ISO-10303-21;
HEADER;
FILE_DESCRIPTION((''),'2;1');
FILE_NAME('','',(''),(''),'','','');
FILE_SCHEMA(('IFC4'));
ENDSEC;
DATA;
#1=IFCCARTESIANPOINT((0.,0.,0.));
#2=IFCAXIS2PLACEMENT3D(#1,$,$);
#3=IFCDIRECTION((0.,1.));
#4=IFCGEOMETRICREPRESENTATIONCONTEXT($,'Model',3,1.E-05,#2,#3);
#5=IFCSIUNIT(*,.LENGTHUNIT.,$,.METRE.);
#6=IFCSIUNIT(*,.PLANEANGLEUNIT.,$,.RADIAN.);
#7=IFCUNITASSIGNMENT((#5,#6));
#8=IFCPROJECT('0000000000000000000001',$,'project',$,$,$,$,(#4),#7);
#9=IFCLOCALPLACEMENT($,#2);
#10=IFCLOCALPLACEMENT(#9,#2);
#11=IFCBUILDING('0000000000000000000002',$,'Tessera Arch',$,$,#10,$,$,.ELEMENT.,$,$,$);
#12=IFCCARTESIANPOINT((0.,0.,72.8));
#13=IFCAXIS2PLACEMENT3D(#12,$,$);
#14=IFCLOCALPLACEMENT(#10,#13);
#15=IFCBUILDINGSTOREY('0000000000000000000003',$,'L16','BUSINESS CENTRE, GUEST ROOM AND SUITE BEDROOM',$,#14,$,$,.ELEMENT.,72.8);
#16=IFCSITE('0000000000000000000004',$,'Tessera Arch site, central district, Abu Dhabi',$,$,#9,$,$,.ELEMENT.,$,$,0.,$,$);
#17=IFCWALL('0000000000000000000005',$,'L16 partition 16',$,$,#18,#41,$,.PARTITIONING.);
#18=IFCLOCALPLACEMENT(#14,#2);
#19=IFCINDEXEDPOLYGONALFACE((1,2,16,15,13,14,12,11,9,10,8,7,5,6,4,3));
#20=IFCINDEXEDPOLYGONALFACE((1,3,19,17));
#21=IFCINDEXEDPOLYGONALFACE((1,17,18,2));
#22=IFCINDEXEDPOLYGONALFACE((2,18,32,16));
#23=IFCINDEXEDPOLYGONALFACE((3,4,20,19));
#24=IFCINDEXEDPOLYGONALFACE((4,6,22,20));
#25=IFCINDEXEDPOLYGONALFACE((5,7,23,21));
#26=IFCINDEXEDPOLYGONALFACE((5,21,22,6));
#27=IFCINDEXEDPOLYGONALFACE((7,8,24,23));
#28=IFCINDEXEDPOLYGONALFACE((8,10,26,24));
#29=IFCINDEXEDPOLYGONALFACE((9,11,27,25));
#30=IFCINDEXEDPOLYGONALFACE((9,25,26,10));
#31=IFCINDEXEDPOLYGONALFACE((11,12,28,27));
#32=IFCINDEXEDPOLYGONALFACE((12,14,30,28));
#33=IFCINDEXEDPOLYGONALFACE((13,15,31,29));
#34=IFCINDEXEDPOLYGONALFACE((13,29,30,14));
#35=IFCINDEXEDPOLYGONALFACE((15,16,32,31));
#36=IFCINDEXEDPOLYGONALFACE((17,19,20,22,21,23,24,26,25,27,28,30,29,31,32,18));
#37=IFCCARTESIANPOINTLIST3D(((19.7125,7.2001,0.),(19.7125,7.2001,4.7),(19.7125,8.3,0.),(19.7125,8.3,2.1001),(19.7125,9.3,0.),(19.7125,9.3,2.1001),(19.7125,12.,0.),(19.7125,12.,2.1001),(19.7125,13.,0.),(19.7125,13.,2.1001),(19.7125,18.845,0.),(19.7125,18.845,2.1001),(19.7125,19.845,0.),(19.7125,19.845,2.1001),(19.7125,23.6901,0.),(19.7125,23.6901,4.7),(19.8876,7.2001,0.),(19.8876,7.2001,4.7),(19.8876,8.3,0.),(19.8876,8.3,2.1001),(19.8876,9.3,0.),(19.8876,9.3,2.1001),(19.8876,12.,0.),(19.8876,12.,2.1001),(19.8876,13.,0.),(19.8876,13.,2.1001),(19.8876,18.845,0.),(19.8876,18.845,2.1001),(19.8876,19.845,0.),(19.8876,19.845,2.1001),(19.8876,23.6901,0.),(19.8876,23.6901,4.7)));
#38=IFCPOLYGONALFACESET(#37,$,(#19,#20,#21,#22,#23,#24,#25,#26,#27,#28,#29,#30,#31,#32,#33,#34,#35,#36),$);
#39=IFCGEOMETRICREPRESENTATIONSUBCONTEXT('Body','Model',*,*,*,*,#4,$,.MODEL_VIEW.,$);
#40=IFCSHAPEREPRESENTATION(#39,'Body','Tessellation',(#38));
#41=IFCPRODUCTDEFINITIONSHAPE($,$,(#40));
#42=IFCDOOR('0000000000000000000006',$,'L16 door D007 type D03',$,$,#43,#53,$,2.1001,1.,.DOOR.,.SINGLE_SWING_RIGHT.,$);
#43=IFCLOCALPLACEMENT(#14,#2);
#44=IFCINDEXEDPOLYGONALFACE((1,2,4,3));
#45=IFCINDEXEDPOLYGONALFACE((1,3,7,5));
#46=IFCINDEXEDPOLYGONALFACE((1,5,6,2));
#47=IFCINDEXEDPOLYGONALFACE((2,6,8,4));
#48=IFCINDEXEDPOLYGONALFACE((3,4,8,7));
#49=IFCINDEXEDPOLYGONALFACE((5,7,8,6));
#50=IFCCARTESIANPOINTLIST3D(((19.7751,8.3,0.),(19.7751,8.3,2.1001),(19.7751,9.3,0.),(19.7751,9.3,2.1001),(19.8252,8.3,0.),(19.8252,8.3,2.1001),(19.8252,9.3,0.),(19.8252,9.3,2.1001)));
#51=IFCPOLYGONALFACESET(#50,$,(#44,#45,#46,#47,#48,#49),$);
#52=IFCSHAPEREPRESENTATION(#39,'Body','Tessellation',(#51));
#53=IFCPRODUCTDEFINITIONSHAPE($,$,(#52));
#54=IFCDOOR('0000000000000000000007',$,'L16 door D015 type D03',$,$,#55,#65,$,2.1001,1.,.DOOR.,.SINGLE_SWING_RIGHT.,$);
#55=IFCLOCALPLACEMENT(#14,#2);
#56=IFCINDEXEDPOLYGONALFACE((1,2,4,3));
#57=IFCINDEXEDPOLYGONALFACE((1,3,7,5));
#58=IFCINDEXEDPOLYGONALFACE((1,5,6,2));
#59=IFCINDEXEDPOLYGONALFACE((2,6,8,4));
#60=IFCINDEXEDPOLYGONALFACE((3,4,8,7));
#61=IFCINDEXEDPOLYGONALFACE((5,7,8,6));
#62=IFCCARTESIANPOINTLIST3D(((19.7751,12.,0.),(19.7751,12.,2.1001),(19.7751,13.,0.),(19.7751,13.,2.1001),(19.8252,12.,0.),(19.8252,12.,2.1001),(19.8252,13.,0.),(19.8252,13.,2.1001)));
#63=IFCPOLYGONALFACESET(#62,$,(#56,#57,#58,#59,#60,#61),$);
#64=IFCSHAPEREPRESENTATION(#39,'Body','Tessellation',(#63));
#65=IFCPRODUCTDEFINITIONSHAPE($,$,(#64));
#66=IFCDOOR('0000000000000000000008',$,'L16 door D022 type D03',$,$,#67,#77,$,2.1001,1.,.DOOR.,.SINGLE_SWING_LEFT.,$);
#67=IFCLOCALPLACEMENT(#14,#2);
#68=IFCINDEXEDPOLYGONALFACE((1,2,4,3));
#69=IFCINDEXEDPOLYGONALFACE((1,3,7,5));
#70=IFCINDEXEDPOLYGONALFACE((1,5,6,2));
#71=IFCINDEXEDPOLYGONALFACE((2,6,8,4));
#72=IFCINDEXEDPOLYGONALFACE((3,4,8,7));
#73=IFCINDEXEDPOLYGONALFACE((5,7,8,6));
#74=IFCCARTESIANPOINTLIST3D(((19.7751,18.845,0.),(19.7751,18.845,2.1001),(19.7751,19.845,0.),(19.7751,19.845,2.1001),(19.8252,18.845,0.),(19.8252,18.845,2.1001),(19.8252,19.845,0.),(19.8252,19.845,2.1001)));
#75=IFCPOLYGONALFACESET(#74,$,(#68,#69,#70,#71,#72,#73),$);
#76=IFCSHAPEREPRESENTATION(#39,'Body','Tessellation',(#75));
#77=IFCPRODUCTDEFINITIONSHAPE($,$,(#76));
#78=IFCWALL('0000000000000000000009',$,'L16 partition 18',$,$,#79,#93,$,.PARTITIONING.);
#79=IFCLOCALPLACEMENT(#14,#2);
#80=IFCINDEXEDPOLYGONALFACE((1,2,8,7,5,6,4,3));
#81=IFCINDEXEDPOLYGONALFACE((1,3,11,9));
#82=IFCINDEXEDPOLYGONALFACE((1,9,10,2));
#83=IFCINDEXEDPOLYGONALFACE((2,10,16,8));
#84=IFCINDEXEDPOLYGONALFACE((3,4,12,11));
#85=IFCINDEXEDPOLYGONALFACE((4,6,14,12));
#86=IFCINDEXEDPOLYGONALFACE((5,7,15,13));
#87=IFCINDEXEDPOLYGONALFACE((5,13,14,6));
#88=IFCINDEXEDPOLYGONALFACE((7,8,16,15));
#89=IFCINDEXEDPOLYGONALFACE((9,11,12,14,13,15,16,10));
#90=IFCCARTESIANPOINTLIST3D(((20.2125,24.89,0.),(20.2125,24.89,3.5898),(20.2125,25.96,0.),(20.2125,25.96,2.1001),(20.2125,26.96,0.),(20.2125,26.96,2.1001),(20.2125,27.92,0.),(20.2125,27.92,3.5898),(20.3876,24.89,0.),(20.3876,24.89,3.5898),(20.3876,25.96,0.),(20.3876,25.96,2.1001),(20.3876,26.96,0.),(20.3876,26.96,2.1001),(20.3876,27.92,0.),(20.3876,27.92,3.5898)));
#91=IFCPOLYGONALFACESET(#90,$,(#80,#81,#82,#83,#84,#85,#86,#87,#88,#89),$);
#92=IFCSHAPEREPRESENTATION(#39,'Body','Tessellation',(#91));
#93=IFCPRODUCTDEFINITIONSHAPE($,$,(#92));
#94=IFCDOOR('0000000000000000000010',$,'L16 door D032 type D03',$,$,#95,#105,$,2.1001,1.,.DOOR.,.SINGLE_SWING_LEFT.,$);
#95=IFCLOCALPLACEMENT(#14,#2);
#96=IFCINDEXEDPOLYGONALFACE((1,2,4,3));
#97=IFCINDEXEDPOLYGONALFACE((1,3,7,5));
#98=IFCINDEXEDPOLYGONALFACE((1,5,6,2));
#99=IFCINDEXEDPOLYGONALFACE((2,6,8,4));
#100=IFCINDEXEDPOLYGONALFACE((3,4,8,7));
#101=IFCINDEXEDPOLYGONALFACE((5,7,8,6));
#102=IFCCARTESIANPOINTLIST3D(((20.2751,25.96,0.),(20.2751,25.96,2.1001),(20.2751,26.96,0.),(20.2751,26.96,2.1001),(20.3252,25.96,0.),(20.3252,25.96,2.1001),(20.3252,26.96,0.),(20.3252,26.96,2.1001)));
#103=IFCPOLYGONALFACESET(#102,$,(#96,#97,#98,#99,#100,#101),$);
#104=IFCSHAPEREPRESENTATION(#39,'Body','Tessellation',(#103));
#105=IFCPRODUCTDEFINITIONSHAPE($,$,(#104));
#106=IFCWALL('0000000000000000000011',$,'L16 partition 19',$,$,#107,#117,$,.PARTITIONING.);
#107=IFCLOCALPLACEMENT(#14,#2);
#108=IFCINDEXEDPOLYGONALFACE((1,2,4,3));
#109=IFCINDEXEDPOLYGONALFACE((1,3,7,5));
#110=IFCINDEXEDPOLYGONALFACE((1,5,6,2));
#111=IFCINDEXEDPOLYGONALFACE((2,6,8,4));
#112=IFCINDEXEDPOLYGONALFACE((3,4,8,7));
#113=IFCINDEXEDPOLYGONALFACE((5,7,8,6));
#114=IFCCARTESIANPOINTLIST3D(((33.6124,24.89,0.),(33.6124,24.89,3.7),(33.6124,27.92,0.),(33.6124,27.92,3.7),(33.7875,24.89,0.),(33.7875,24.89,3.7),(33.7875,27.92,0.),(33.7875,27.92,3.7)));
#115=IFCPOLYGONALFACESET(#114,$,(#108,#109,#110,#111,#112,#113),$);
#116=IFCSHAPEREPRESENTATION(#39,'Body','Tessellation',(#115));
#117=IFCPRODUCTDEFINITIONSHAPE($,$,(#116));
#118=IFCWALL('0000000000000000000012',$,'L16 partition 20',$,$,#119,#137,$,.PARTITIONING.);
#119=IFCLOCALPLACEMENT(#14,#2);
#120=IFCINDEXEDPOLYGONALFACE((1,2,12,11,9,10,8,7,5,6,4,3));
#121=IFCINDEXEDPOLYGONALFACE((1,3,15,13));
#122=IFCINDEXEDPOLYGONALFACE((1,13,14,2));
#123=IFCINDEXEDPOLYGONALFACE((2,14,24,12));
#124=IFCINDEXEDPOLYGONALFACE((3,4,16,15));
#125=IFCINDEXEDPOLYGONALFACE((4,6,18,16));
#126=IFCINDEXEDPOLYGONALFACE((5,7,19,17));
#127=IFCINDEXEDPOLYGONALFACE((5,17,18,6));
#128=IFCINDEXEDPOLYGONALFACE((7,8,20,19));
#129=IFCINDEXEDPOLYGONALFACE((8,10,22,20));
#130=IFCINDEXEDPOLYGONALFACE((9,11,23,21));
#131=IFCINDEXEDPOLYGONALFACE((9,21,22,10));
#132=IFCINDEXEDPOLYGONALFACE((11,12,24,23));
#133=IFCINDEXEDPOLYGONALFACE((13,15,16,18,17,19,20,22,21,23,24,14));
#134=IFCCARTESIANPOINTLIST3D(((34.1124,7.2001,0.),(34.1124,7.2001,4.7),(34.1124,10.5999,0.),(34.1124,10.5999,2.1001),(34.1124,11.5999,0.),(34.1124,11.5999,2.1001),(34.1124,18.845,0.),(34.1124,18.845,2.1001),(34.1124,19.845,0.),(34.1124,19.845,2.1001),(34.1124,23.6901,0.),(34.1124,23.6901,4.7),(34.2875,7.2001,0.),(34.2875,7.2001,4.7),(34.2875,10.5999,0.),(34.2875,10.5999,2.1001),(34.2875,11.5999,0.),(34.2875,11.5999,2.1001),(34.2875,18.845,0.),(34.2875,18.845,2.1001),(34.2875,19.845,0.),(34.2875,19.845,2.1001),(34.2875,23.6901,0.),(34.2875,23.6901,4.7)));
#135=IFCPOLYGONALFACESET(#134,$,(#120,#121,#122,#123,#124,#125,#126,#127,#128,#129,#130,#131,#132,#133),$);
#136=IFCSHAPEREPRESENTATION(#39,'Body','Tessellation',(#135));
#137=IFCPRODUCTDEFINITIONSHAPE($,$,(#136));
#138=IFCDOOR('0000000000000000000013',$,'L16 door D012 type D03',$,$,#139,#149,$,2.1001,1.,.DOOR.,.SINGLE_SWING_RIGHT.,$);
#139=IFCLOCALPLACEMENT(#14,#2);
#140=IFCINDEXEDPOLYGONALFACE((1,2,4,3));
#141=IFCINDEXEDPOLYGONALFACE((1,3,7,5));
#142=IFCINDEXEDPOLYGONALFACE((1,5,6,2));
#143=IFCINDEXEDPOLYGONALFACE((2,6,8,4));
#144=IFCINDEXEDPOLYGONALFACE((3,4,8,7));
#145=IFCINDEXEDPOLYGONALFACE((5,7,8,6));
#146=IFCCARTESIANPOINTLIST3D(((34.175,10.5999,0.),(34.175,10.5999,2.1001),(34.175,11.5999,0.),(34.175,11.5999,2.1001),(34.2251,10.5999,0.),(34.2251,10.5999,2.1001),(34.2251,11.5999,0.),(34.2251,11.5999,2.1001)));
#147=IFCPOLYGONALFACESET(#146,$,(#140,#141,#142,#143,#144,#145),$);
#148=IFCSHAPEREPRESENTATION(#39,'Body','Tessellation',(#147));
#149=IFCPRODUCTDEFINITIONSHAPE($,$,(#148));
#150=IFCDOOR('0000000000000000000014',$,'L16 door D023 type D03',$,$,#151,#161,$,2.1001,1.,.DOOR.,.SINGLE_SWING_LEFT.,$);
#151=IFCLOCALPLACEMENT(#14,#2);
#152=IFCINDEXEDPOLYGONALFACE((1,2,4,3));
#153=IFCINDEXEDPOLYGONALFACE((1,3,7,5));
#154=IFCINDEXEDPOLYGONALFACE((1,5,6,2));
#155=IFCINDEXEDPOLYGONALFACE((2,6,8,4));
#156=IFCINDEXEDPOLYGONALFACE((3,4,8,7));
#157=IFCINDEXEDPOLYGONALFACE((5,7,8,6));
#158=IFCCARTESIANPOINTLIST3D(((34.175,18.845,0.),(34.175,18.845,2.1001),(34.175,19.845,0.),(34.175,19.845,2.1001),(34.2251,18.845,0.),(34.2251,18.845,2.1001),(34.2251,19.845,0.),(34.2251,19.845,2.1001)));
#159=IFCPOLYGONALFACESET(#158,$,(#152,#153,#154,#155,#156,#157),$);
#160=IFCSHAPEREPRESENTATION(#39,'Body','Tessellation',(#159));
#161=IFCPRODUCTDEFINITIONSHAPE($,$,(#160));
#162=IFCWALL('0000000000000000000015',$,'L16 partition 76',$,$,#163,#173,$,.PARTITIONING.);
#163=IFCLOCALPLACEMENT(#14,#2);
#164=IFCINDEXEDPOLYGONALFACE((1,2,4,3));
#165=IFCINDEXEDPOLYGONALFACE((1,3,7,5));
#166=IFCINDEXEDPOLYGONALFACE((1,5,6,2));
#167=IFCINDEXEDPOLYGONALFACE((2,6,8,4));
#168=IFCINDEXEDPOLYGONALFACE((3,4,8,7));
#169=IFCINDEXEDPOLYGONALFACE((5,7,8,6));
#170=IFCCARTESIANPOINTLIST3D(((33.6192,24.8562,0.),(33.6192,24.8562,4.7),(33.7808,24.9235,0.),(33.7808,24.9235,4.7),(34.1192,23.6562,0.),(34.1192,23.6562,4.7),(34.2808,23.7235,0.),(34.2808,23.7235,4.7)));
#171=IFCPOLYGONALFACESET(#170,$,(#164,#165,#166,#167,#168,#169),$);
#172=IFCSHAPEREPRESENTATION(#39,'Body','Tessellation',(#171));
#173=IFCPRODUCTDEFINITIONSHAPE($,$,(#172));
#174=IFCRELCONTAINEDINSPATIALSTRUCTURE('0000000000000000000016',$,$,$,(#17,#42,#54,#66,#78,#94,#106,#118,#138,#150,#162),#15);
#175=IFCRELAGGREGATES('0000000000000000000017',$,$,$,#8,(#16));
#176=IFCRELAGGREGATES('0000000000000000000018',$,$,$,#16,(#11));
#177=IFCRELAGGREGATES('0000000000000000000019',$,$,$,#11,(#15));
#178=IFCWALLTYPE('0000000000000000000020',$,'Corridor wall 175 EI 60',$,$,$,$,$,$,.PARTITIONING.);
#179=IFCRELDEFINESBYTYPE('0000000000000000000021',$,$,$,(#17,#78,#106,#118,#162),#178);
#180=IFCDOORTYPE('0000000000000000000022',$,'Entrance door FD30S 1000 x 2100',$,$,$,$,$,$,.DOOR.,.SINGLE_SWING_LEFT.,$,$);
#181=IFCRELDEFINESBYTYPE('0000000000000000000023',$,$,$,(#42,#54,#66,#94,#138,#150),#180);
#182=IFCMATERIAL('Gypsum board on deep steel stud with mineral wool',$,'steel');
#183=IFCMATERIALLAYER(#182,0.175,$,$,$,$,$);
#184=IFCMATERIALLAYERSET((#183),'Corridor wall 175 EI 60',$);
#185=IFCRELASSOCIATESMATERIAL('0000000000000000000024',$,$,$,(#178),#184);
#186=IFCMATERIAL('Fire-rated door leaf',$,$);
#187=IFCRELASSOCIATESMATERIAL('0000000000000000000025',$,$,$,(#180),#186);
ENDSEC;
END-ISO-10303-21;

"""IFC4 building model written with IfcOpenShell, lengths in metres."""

from ifc_helpers import new_model, si_unit, direction, frame, frame_2d, origin, place, context, subcontext, project, spatial, rectangle, extrude, material, layer, layer_set, type_object, element, fill, save


model = new_model("IFC4")

# Units and contexts
model_context = context("Model", 3, precision=1e-05, world=origin(), true_north=direction((0.0, 1.0)))
body_context = subcontext(model_context, "Body", "Model", "MODEL_VIEW")
ifc_project = project(units=[si_unit("LENGTHUNIT", "METRE"), si_unit("PLANEANGLEUNIT", "RADIAN")], contexts=[model_context])

# Site, building, storey
site_placement = place(None, origin())
site = spatial("IfcSite", under=ifc_project, at=site_placement, Name="Tessera Arch site, central district, Abu Dhabi", CompositionType="ELEMENT", RefElevation=0.0)
building_placement = place(site_placement, origin())
building = spatial("IfcBuilding", under=site, at=building_placement, Name="Tessera Arch", CompositionType="ELEMENT")
storey_placement = place(building_placement, frame((0.0, 0.0, 72.8)))
storey = spatial("IfcBuildingStorey", under=building, at=storey_placement, Name="L16", Description="BUSINESS CENTRE, GUEST ROOM AND SUITE BEDROOM", CompositionType="ELEMENT", Elevation=72.8)

# Shared definitions
ifc_material_1 = material(Name="Gypsum board on deep steel stud with mineral wool", Category="steel")
ifc_layer_1 = layer(ifc_material_1, 0.175)
ifc_layer_set_1 = layer_set([ifc_layer_1], Name="Corridor wall 175 EI 60")
wall_type_1 = type_object("IfcWallType", Name="Corridor wall 175 EI 60", PredefinedType="PARTITIONING", material=ifc_layer_set_1)
ifc_material_2 = material(Name="Fire-rated door leaf")
door_type_1 = type_object("IfcDoorType", Name="Entrance door FD30S 1000 x 2100", OperationType="SINGLE_SWING_LEFT", PredefinedType="DOOR", material=ifc_material_2)

# Wall, openings, doors
wall_1_placement = place(storey_placement, frame((19.8, 7.2, 0.0), z_axis=(0.0, 0.0, 1.0), x_axis=(0.0, 1.0, 0.0)))
wall_1 = element("IfcWall", 1, at=wall_1_placement, inside=storey, type_object=wall_type_1, Name="L16 partition 16", PredefinedType="PARTITIONING", context=body_context, shape_type="SweptSolid", body=[
    extrude(rectangle(XDim=16.49, YDim=0.175, at=frame_2d((8.2451, 0.0))), origin(), (0.0, 0.0, 1.0), 4.7),
])
opening_1_placement = place(wall_1_placement, frame((1.1001, 0.0, 0.0)))
opening_1 = element("IfcOpeningElement", 2, at=opening_1_placement, cuts=wall_1, PredefinedType="OPENING", context=body_context, shape_type="SweptSolid", body=[
    extrude(rectangle(XDim=1.0, YDim=2.1001, at=frame_2d((0.5, 1.05))), frame((0.0, 0.0974, 0.0), z_axis=(0.0, -1.0, 0.0), x_axis=(1.0, 0.0, 0.0)), (0.0, 0.0, 1.0), 0.1951),
])
opening_2_placement = place(wall_1_placement, frame((4.8, 0.0, 0.0)))
opening_2 = element("IfcOpeningElement", 3, at=opening_2_placement, cuts=wall_1, PredefinedType="OPENING", context=body_context, shape_type="SweptSolid", body=[
    extrude(rectangle(XDim=1.0, YDim=2.1001, at=frame_2d((0.5, 1.05))), frame((0.0, 0.0974, 0.0), z_axis=(0.0, -1.0, 0.0), x_axis=(1.0, 0.0, 0.0)), (0.0, 0.0, 1.0), 0.1951),
])
opening_3_placement = place(wall_1_placement, frame((11.645, 0.0, 0.0)))
opening_3 = element("IfcOpeningElement", 4, at=opening_3_placement, cuts=wall_1, PredefinedType="OPENING", context=body_context, shape_type="SweptSolid", body=[
    extrude(rectangle(XDim=1.0, YDim=2.1001, at=frame_2d((0.5, 1.05))), frame((0.0, 0.0974, 0.0), z_axis=(0.0, -1.0, 0.0), x_axis=(1.0, 0.0, 0.0)), (0.0, 0.0, 1.0), 0.1951),
])
door_1_placement = place(opening_1_placement, origin())
door_1 = element("IfcDoor", 5, at=door_1_placement, inside=storey, type_object=door_type_1, Name="L16 door D007 type D03", OperationType="SINGLE_SWING_RIGHT", OverallHeight=2.1001, OverallWidth=1.0, PredefinedType="DOOR", context=body_context, shape_type="SweptSolid", body=[
    extrude(rectangle(XDim=1.0, YDim=2.1001, at=frame_2d((0.5, 1.05))), frame((0.0, 0.0249, 0.0), z_axis=(0.0, -1.0, 0.0), x_axis=(1.0, 0.0, 0.0)), (0.0, 0.0, 1.0), 0.05),
])
fill(opening_1, door_1)
door_2_placement = place(opening_2_placement, origin())
door_2 = element("IfcDoor", 6, at=door_2_placement, inside=storey, type_object=door_type_1, Name="L16 door D015 type D03", OperationType="SINGLE_SWING_RIGHT", OverallHeight=2.1001, OverallWidth=1.0, PredefinedType="DOOR", context=body_context, shape_type="SweptSolid", body=[
    extrude(rectangle(XDim=1.0, YDim=2.1001, at=frame_2d((0.5, 1.05))), frame((0.0, 0.0249, 0.0), z_axis=(0.0, -1.0, 0.0), x_axis=(1.0, 0.0, 0.0)), (0.0, 0.0, 1.0), 0.05),
])
fill(opening_2, door_2)
door_3_placement = place(opening_3_placement, origin())
door_3 = element("IfcDoor", 7, at=door_3_placement, inside=storey, type_object=door_type_1, Name="L16 door D022 type D03", OperationType="SINGLE_SWING_LEFT", OverallHeight=2.1001, OverallWidth=1.0, PredefinedType="DOOR", context=body_context, shape_type="SweptSolid", body=[
    extrude(rectangle(XDim=1.0, YDim=2.1001, at=frame_2d((0.5, 1.05))), frame((0.0, 0.0249, 0.0), z_axis=(0.0, -1.0, 0.0), x_axis=(1.0, 0.0, 0.0)), (0.0, 0.0, 1.0), 0.05),
])
fill(opening_3, door_3)

# Wall, opening, door
wall_2_placement = place(storey_placement, frame((20.3, 24.8899, 0.0), z_axis=(0.0, 0.0, 1.0), x_axis=(0.0, 1.0, 0.0)))
wall_2 = element("IfcWall", 8, at=wall_2_placement, inside=storey, type_object=wall_type_1, Name="L16 partition 18", PredefinedType="PARTITIONING", context=body_context, shape_type="SweptSolid", body=[
    extrude(rectangle(XDim=3.03, YDim=0.175, at=frame_2d((1.5151, 0.0))), origin(), (0.0, 0.0, 1.0), 3.5898),
])
opening_4_placement = place(wall_2_placement, frame((1.0701, 0.0, 0.0)))
opening_4 = element("IfcOpeningElement", 9, at=opening_4_placement, cuts=wall_2, PredefinedType="OPENING", context=body_context, shape_type="SweptSolid", body=[
    extrude(rectangle(XDim=1.0, YDim=2.1001, at=frame_2d((0.5, 1.05))), frame((0.0, 0.0974, 0.0), z_axis=(0.0, -1.0, 0.0), x_axis=(1.0, 0.0, 0.0)), (0.0, 0.0, 1.0), 0.1951),
])
door_4_placement = place(opening_4_placement, origin())
door_4 = element("IfcDoor", 10, at=door_4_placement, inside=storey, type_object=door_type_1, Name="L16 door D032 type D03", OperationType="SINGLE_SWING_LEFT", OverallHeight=2.1001, OverallWidth=1.0, PredefinedType="DOOR", context=body_context, shape_type="SweptSolid", body=[
    extrude(rectangle(XDim=1.0, YDim=2.1001, at=frame_2d((0.5, 1.05))), frame((0.0, 0.0249, 0.0), z_axis=(0.0, -1.0, 0.0), x_axis=(1.0, 0.0, 0.0)), (0.0, 0.0, 1.0), 0.05),
])
fill(opening_4, door_4)

# Wall
wall_3_placement = place(storey_placement, frame((33.7, 24.8899, 0.0), z_axis=(0.0, 0.0, 1.0), x_axis=(0.0, 1.0, 0.0)))
element("IfcWall", 11, at=wall_3_placement, inside=storey, type_object=wall_type_1, Name="L16 partition 19", PredefinedType="PARTITIONING", context=body_context, shape_type="SweptSolid", body=[
    extrude(rectangle(XDim=3.03, YDim=0.175, at=frame_2d((1.5151, 0.0))), origin(), (0.0, 0.0, 1.0), 3.7),
])

# Wall, openings, doors
wall_4_placement = place(storey_placement, frame((34.2, 7.2, 0.0), z_axis=(0.0, 0.0, 1.0), x_axis=(0.0, 1.0, 0.0)))
wall_4 = element("IfcWall", 12, at=wall_4_placement, inside=storey, type_object=wall_type_1, Name="L16 partition 20", PredefinedType="PARTITIONING", context=body_context, shape_type="SweptSolid", body=[
    extrude(rectangle(XDim=16.49, YDim=0.175, at=frame_2d((8.2451, 0.0))), origin(), (0.0, 0.0, 1.0), 4.7),
])
opening_5_placement = place(wall_4_placement, frame((3.3999, 0.0, 0.0)))
opening_5 = element("IfcOpeningElement", 13, at=opening_5_placement, cuts=wall_4, PredefinedType="OPENING", context=body_context, shape_type="SweptSolid", body=[
    extrude(rectangle(XDim=1.0, YDim=2.1001, at=frame_2d((0.5, 1.05))), frame((0.0, 0.0974, 0.0), z_axis=(0.0, -1.0, 0.0), x_axis=(1.0, 0.0, 0.0)), (0.0, 0.0, 1.0), 0.1951),
])
opening_6_placement = place(wall_4_placement, frame((11.645, 0.0, 0.0)))
opening_6 = element("IfcOpeningElement", 14, at=opening_6_placement, cuts=wall_4, PredefinedType="OPENING", context=body_context, shape_type="SweptSolid", body=[
    extrude(rectangle(XDim=1.0, YDim=2.1001, at=frame_2d((0.5, 1.05))), frame((0.0, 0.0974, 0.0), z_axis=(0.0, -1.0, 0.0), x_axis=(1.0, 0.0, 0.0)), (0.0, 0.0, 1.0), 0.1951),
])
door_5_placement = place(opening_5_placement, origin())
door_5 = element("IfcDoor", 15, at=door_5_placement, inside=storey, type_object=door_type_1, Name="L16 door D012 type D03", OperationType="SINGLE_SWING_RIGHT", OverallHeight=2.1001, OverallWidth=1.0, PredefinedType="DOOR", context=body_context, shape_type="SweptSolid", body=[
    extrude(rectangle(XDim=1.0, YDim=2.1001, at=frame_2d((0.5, 1.05))), frame((0.0, 0.0249, 0.0), z_axis=(0.0, -1.0, 0.0), x_axis=(1.0, 0.0, 0.0)), (0.0, 0.0, 1.0), 0.05),
])
fill(opening_5, door_5)
door_6_placement = place(opening_6_placement, origin())
door_6 = element("IfcDoor", 16, at=door_6_placement, inside=storey, type_object=door_type_1, Name="L16 door D023 type D03", OperationType="SINGLE_SWING_LEFT", OverallHeight=2.1001, OverallWidth=1.0, PredefinedType="DOOR", context=body_context, shape_type="SweptSolid", body=[
    extrude(rectangle(XDim=1.0, YDim=2.1001, at=frame_2d((0.5, 1.05))), frame((0.0, 0.0249, 0.0), z_axis=(0.0, -1.0, 0.0), x_axis=(1.0, 0.0, 0.0)), (0.0, 0.0, 1.0), 0.05),
])
fill(opening_6, door_6)

# Wall
wall_5_placement = place(storey_placement, frame((34.2, 23.6899, 0.0), z_axis=(0.0, 0.0, 1.0), x_axis=(-0.384629, 0.923071, 0.0)))
element("IfcWall", 17, at=wall_5_placement, inside=storey, type_object=wall_type_1, Name="L16 partition 76", PredefinedType="PARTITIONING", context=body_context, shape_type="SweptSolid", body=[
    extrude(rectangle(XDim=1.3, YDim=0.175, at=frame_2d((0.6499, 0.0))), origin(), (0.0, 0.0, 1.0), 4.7),
])

save(model, "model.ifc")
